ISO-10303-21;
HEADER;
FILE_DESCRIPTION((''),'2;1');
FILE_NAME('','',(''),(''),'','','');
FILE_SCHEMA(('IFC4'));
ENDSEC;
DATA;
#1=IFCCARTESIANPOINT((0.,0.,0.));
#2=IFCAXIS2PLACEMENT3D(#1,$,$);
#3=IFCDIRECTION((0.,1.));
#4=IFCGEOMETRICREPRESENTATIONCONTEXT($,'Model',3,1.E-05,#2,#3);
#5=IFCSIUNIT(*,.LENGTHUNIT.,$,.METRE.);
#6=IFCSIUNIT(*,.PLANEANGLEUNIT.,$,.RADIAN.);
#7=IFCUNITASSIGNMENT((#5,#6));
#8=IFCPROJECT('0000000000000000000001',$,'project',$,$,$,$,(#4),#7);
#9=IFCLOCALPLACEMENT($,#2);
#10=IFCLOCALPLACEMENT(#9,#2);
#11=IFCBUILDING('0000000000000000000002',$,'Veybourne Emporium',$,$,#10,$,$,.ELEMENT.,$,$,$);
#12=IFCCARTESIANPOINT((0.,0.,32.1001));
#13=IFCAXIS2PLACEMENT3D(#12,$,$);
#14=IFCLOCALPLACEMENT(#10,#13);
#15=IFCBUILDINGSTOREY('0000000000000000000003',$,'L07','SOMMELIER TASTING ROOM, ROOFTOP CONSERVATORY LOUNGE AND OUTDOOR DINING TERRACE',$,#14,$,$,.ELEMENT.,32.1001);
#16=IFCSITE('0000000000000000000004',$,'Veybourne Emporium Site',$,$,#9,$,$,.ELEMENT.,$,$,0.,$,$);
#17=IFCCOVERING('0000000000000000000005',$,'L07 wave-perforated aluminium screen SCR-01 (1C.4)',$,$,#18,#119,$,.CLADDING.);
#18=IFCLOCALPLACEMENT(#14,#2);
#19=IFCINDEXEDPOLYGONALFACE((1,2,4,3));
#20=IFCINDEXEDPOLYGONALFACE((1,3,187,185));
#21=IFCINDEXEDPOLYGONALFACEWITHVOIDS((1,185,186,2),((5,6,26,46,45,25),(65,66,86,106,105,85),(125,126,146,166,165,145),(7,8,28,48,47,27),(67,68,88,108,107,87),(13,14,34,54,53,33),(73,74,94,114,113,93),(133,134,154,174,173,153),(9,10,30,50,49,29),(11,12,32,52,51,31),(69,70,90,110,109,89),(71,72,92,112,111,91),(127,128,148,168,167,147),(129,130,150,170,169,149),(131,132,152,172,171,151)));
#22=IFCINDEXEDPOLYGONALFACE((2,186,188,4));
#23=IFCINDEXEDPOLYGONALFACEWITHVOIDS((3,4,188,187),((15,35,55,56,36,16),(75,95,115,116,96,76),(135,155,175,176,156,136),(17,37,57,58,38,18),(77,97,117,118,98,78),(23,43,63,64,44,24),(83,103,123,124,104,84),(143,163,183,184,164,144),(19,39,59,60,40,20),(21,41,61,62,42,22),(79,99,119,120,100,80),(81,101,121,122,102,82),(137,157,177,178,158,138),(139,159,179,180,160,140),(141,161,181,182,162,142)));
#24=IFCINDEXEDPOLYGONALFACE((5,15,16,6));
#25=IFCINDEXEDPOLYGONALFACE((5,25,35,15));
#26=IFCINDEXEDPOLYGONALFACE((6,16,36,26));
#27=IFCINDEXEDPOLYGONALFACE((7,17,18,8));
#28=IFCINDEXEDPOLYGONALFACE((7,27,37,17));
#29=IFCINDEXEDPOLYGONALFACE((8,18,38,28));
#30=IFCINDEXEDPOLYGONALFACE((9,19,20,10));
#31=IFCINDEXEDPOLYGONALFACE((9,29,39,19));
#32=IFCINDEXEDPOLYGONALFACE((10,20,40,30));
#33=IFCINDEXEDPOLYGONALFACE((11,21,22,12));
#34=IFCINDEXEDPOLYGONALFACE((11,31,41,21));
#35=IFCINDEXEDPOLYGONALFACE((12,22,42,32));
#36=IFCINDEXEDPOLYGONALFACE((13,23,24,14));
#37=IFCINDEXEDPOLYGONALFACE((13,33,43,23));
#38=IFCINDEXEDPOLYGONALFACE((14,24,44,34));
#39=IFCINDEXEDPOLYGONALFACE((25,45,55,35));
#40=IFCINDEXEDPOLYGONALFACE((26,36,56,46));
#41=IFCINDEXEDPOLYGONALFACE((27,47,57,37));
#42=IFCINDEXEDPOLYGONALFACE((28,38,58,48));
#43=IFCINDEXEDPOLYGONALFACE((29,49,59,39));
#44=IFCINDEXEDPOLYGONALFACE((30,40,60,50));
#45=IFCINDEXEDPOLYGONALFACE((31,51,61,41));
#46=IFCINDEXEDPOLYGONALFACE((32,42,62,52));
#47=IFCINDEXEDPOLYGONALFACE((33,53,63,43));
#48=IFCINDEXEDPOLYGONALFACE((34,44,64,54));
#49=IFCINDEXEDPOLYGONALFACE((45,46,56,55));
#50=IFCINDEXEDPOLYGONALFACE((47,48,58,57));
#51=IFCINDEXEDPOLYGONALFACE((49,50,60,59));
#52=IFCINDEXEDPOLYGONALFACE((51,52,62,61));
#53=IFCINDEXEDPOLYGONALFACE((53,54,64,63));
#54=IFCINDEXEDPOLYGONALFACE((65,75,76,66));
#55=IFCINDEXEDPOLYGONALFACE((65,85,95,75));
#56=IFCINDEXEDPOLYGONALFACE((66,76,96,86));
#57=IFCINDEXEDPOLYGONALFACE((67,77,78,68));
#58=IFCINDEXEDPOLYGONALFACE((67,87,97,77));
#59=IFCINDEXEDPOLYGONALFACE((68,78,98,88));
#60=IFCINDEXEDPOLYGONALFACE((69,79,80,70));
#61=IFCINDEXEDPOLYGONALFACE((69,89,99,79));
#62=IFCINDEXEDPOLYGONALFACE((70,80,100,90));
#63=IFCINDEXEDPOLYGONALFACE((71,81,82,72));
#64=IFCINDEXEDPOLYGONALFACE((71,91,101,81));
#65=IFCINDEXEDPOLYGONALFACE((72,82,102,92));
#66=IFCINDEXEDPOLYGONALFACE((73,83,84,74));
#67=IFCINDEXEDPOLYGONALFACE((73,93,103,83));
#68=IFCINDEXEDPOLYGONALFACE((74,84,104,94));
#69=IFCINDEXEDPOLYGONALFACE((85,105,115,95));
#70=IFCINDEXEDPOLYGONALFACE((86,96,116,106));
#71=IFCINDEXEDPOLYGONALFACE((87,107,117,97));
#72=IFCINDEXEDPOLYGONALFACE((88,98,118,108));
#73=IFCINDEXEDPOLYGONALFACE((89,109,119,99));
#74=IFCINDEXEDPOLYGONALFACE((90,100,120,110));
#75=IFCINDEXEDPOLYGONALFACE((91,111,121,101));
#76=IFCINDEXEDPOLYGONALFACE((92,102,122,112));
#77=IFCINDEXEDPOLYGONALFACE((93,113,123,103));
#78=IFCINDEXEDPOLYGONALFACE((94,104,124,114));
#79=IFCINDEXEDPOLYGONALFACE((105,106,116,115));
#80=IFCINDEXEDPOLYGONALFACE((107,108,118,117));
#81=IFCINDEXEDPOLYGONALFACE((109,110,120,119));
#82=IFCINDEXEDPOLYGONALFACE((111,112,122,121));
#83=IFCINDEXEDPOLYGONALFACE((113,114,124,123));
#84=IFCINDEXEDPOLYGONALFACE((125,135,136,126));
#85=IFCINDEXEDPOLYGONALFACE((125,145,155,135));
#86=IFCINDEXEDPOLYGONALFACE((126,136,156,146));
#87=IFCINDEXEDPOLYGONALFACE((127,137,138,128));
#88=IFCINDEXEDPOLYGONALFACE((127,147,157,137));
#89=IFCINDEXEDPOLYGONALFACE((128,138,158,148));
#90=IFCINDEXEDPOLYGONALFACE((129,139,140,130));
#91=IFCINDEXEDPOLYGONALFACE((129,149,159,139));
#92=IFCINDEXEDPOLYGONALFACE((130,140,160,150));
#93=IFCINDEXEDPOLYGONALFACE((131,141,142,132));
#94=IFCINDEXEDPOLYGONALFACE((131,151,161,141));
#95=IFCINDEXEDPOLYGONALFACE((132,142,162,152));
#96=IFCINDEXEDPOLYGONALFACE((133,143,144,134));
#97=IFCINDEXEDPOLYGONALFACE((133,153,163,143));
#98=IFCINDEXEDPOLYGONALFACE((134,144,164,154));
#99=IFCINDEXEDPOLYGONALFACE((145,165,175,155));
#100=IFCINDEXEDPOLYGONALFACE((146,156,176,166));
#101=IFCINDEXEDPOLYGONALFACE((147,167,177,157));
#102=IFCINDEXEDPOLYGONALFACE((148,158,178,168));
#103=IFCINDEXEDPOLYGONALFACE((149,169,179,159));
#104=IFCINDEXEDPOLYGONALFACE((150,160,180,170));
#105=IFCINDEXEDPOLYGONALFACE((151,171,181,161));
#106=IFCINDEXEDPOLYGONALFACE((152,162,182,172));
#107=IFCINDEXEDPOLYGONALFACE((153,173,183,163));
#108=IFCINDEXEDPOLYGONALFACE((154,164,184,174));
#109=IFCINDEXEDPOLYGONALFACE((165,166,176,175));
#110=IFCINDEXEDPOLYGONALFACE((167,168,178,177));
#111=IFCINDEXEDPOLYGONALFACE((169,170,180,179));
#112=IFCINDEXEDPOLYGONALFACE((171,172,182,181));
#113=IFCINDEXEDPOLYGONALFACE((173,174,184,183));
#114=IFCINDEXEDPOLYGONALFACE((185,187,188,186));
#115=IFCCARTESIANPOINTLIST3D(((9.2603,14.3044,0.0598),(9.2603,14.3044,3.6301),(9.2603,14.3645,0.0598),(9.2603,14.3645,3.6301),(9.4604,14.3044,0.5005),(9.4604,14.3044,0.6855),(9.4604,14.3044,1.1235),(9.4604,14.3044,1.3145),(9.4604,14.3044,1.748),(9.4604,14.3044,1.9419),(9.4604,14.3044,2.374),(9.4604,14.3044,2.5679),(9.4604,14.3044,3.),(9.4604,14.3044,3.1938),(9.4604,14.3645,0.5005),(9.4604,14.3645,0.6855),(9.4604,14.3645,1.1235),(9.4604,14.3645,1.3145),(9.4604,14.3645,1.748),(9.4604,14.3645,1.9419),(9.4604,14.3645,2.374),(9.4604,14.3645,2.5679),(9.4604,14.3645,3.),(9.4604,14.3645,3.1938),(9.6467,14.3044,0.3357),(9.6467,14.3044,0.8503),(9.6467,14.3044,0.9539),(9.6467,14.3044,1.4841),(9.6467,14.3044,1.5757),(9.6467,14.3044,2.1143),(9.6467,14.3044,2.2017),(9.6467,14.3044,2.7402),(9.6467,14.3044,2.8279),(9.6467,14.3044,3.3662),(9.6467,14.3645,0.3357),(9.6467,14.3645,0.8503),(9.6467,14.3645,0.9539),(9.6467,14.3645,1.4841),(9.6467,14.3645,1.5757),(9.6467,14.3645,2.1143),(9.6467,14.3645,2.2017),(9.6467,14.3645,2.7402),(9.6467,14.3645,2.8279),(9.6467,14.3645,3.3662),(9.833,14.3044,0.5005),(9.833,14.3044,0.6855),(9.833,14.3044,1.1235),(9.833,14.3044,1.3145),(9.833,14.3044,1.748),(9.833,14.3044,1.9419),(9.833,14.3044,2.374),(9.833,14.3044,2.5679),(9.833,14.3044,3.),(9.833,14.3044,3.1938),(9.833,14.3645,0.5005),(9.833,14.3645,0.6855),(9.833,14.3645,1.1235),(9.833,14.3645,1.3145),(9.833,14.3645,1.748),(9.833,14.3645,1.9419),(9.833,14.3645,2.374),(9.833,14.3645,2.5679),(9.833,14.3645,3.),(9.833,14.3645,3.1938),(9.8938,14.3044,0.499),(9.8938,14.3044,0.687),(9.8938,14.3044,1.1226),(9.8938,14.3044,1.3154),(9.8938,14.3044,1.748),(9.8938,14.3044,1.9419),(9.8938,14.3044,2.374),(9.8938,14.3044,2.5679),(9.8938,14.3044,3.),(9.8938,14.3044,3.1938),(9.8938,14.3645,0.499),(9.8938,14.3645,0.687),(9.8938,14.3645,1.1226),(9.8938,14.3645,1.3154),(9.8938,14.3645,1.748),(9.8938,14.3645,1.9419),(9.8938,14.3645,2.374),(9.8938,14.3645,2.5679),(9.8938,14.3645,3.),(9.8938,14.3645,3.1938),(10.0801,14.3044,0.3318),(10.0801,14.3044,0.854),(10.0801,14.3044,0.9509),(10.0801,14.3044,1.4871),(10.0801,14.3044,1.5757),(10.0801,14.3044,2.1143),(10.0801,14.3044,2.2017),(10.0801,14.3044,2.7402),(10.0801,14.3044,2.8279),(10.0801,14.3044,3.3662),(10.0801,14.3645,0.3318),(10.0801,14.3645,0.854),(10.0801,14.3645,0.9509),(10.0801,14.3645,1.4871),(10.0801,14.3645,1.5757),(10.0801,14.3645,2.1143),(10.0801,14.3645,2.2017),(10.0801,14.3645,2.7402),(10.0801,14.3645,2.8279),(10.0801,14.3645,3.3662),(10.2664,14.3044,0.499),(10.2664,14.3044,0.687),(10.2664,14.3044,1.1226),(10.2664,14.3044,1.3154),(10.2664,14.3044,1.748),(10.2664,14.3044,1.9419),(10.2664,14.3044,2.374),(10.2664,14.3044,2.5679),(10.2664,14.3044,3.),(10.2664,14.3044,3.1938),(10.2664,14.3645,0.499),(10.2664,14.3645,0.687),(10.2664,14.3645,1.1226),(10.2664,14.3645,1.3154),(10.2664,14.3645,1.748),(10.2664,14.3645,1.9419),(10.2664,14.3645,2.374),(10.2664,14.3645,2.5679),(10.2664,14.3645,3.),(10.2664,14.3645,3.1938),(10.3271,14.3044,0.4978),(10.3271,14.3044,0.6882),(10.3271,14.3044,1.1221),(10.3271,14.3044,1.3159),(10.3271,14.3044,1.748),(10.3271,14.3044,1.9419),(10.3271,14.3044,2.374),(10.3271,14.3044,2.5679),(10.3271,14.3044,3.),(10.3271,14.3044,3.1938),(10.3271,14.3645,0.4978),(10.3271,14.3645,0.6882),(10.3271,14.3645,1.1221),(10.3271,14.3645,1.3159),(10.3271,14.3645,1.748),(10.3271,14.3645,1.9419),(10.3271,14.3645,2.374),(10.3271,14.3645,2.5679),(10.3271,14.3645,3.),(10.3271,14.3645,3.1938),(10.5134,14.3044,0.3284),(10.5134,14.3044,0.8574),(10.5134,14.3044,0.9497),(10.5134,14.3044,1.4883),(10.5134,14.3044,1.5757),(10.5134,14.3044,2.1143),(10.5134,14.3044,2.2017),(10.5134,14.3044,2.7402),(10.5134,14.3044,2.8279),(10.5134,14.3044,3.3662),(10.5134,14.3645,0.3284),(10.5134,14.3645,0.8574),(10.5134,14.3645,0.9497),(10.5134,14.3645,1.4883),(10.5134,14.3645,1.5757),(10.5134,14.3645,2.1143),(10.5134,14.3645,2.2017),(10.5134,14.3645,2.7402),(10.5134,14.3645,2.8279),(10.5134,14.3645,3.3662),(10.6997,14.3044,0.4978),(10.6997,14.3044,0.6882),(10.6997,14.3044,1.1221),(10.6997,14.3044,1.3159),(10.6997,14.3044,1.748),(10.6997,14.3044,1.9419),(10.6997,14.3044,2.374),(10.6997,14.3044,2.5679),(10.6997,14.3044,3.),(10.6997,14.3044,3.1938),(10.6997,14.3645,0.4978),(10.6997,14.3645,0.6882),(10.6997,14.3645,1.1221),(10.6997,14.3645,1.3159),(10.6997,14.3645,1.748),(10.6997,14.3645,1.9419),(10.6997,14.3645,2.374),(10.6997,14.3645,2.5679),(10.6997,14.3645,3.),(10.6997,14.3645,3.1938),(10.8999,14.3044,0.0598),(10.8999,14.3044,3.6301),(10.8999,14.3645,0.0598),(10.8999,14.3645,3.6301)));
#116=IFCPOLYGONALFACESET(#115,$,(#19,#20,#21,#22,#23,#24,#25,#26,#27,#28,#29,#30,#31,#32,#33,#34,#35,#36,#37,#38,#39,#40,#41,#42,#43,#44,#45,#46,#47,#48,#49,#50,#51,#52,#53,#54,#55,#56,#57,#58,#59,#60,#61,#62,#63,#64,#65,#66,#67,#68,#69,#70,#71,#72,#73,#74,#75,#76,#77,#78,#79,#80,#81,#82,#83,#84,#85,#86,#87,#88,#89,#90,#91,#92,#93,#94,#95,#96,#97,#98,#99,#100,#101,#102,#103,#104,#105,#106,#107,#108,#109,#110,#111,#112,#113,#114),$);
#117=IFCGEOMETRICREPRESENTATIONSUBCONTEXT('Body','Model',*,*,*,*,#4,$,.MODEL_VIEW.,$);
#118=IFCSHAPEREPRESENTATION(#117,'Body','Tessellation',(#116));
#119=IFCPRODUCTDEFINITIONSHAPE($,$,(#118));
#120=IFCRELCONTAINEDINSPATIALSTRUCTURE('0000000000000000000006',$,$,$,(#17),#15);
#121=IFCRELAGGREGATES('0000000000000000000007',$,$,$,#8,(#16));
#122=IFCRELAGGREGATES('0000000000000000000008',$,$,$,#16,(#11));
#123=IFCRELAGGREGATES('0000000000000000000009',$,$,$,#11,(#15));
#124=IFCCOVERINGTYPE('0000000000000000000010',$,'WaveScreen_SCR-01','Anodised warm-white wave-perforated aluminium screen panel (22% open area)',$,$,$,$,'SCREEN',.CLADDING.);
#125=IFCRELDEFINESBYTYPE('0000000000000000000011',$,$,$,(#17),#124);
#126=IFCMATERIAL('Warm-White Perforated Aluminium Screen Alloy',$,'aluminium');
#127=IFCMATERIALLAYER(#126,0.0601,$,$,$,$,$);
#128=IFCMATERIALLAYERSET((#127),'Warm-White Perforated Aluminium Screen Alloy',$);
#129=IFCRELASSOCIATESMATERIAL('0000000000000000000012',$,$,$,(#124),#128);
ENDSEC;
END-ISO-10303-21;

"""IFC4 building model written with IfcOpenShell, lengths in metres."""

from ifc_helpers import new_model, si_unit, direction, frame, origin, place, context, subcontext, project, spatial, polyline, outline, extrude, material, layer, layer_set, type_object, element, save


model = new_model("IFC4")

# Units and contexts
model_context = context("Model", 3, precision=1e-05, world=origin(), true_north=direction((0.0, 1.0)))
body_context = subcontext(model_context, "Body", "Model", "MODEL_VIEW")
ifc_project = project(units=[si_unit("LENGTHUNIT", "METRE"), si_unit("PLANEANGLEUNIT", "RADIAN")], contexts=[model_context])

# Site, building, storey
site_placement = place(None, origin())
site = spatial("IfcSite", under=ifc_project, at=site_placement, Name="Veybourne Emporium Site", CompositionType="ELEMENT", RefElevation=0.0)
building_placement = place(site_placement, origin())
building = spatial("IfcBuilding", under=site, at=building_placement, Name="Veybourne Emporium", CompositionType="ELEMENT")
storey_placement = place(building_placement, frame((0.0, 0.0, 32.1001)))
storey = spatial("IfcBuildingStorey", under=building, at=storey_placement, Name="L07", Description="SOMMELIER TASTING ROOM, ROOFTOP CONSERVATORY LOUNGE AND OUTDOOR DINING TERRACE", CompositionType="ELEMENT", Elevation=32.1001)

# Covering
ifc_material_1 = material(Name="Warm-White Perforated Aluminium Screen Alloy", Category="aluminium")
ifc_layer_1 = layer(ifc_material_1, 0.0601)
ifc_layer_set_1 = layer_set([ifc_layer_1], Name="Warm-White Perforated Aluminium Screen Alloy")
covering_type_1 = type_object("IfcCoveringType", Name="WaveScreen_SCR-01", Description="Anodised warm-white wave-perforated aluminium screen panel (22% open area)", ElementType="SCREEN", PredefinedType="CLADDING", material=ifc_layer_set_1)
covering_1_placement = place(storey_placement, frame((10.0801, 14.3044, 1.845), z_axis=(0.0, 1.0, 0.0), x_axis=(-1.0, 0.0, 0.0)))
element("IfcCovering", 1, at=covering_1_placement, inside=storey, type_object=covering_type_1, Name="L07 wave-perforated aluminium screen SCR-01 (1C.4)", PredefinedType="CLADDING", context=body_context, shape_type="SweptSolid", body=[
    extrude(outline(polyline([(-0.8198, -1.7852), (0.8198, -1.7852), (0.8198, 1.7852), (-0.8198, 1.7852), (-0.8198, -1.7852)]), holes=[polyline([(-0.4333, -0.9875), (-0.2471, -1.1567), (-0.2471, -1.3472), (-0.4333, -1.5166), (-0.6196, -1.3472), (-0.6196, -1.1567), (-0.4333, -0.9875)]), polyline([(-0.4333, -0.3567), (-0.2471, -0.5291), (-0.2471, -0.7229), (-0.4333, -0.8953), (-0.6196, -0.7229), (-0.6196, -0.5291), (-0.4333, -0.3567)]), polyline([(-0.4333, 0.2693), (-0.2471, 0.0969), (-0.2471, -0.0969), (-0.4333, -0.2693), (-0.6196, -0.0969), (-0.6196, 0.0969), (-0.4333, 0.2693)]), polyline([(-0.4333, 0.8953), (-0.2471, 0.7229), (-0.2471, 0.5291), (-0.4333, 0.3567), (-0.6196, 0.5291), (-0.6196, 0.7229), (-0.4333, 0.8953)]), polyline([(-0.4333, 1.5212), (-0.2471, 1.3489), (-0.2471, 1.155), (-0.4333, 0.9829), (-0.6196, 1.155), (-0.6196, 1.3489), (-0.4333, 1.5212)]), polyline([(0.0, -0.991), (0.1863, -1.158), (0.1863, -1.3459), (0.0, -1.5132), (-0.1863, -1.3459), (-0.1863, -1.158), (0.0, -0.991)]), polyline([(0.0, -0.3579), (0.1863, -0.5295), (0.1863, -0.7224), (0.0, -0.894), (-0.1863, -0.7224), (-0.1863, -0.5295), (0.0, -0.3579)]), polyline([(0.0, 0.2693), (0.1863, 0.0969), (0.1863, -0.0969), (0.0, -0.2693), (-0.1863, -0.0969), (-0.1863, 0.0969), (0.0, 0.2693)]), polyline([(0.0, 0.8953), (0.1863, 0.7229), (0.1863, 0.5291), (0.0, 0.3567), (-0.1863, 0.5291), (-0.1863, 0.7229), (0.0, 0.8953)]), polyline([(0.0, 1.5212), (0.1863, 1.3489), (0.1863, 1.155), (0.0, 0.9829), (-0.1863, 1.155), (-0.1863, 1.3489), (0.0, 1.5212)]), polyline([(0.4333, -0.9946), (0.6196, -1.1594), (0.6196, -1.3445), (0.4333, -1.5093), (0.2471, -1.3445), (0.2471, -1.1594), (0.4333, -0.9946)]), polyline([(0.4333, -0.3608), (0.6196, -0.5305), (0.6196, -0.7214), (0.4333, -0.8911), (0.2471, -0.7214), (0.2471, -0.5305), (0.4333, -0.3608)]), polyline([(0.4333, 0.2693), (0.6196, 0.0969), (0.6196, -0.0969), (0.4333, -0.2693), (0.2471, -0.0969), (0.2471, 0.0969), (0.4333, 0.2693)]), polyline([(0.4333, 0.8953), (0.6196, 0.7229), (0.6196, 0.5291), (0.4333, 0.3567), (0.2471, 0.5291), (0.2471, 0.7229), (0.4333, 0.8953)]), polyline([(0.4333, 1.5212), (0.6196, 1.3489), (0.6196, 1.155), (0.4333, 0.9829), (0.2471, 1.155), (0.2471, 1.3489), (0.4333, 1.5212)])]), origin(), (0.0, 0.0, 1.0), 0.0601),
])

save(model, "model.ifc")
